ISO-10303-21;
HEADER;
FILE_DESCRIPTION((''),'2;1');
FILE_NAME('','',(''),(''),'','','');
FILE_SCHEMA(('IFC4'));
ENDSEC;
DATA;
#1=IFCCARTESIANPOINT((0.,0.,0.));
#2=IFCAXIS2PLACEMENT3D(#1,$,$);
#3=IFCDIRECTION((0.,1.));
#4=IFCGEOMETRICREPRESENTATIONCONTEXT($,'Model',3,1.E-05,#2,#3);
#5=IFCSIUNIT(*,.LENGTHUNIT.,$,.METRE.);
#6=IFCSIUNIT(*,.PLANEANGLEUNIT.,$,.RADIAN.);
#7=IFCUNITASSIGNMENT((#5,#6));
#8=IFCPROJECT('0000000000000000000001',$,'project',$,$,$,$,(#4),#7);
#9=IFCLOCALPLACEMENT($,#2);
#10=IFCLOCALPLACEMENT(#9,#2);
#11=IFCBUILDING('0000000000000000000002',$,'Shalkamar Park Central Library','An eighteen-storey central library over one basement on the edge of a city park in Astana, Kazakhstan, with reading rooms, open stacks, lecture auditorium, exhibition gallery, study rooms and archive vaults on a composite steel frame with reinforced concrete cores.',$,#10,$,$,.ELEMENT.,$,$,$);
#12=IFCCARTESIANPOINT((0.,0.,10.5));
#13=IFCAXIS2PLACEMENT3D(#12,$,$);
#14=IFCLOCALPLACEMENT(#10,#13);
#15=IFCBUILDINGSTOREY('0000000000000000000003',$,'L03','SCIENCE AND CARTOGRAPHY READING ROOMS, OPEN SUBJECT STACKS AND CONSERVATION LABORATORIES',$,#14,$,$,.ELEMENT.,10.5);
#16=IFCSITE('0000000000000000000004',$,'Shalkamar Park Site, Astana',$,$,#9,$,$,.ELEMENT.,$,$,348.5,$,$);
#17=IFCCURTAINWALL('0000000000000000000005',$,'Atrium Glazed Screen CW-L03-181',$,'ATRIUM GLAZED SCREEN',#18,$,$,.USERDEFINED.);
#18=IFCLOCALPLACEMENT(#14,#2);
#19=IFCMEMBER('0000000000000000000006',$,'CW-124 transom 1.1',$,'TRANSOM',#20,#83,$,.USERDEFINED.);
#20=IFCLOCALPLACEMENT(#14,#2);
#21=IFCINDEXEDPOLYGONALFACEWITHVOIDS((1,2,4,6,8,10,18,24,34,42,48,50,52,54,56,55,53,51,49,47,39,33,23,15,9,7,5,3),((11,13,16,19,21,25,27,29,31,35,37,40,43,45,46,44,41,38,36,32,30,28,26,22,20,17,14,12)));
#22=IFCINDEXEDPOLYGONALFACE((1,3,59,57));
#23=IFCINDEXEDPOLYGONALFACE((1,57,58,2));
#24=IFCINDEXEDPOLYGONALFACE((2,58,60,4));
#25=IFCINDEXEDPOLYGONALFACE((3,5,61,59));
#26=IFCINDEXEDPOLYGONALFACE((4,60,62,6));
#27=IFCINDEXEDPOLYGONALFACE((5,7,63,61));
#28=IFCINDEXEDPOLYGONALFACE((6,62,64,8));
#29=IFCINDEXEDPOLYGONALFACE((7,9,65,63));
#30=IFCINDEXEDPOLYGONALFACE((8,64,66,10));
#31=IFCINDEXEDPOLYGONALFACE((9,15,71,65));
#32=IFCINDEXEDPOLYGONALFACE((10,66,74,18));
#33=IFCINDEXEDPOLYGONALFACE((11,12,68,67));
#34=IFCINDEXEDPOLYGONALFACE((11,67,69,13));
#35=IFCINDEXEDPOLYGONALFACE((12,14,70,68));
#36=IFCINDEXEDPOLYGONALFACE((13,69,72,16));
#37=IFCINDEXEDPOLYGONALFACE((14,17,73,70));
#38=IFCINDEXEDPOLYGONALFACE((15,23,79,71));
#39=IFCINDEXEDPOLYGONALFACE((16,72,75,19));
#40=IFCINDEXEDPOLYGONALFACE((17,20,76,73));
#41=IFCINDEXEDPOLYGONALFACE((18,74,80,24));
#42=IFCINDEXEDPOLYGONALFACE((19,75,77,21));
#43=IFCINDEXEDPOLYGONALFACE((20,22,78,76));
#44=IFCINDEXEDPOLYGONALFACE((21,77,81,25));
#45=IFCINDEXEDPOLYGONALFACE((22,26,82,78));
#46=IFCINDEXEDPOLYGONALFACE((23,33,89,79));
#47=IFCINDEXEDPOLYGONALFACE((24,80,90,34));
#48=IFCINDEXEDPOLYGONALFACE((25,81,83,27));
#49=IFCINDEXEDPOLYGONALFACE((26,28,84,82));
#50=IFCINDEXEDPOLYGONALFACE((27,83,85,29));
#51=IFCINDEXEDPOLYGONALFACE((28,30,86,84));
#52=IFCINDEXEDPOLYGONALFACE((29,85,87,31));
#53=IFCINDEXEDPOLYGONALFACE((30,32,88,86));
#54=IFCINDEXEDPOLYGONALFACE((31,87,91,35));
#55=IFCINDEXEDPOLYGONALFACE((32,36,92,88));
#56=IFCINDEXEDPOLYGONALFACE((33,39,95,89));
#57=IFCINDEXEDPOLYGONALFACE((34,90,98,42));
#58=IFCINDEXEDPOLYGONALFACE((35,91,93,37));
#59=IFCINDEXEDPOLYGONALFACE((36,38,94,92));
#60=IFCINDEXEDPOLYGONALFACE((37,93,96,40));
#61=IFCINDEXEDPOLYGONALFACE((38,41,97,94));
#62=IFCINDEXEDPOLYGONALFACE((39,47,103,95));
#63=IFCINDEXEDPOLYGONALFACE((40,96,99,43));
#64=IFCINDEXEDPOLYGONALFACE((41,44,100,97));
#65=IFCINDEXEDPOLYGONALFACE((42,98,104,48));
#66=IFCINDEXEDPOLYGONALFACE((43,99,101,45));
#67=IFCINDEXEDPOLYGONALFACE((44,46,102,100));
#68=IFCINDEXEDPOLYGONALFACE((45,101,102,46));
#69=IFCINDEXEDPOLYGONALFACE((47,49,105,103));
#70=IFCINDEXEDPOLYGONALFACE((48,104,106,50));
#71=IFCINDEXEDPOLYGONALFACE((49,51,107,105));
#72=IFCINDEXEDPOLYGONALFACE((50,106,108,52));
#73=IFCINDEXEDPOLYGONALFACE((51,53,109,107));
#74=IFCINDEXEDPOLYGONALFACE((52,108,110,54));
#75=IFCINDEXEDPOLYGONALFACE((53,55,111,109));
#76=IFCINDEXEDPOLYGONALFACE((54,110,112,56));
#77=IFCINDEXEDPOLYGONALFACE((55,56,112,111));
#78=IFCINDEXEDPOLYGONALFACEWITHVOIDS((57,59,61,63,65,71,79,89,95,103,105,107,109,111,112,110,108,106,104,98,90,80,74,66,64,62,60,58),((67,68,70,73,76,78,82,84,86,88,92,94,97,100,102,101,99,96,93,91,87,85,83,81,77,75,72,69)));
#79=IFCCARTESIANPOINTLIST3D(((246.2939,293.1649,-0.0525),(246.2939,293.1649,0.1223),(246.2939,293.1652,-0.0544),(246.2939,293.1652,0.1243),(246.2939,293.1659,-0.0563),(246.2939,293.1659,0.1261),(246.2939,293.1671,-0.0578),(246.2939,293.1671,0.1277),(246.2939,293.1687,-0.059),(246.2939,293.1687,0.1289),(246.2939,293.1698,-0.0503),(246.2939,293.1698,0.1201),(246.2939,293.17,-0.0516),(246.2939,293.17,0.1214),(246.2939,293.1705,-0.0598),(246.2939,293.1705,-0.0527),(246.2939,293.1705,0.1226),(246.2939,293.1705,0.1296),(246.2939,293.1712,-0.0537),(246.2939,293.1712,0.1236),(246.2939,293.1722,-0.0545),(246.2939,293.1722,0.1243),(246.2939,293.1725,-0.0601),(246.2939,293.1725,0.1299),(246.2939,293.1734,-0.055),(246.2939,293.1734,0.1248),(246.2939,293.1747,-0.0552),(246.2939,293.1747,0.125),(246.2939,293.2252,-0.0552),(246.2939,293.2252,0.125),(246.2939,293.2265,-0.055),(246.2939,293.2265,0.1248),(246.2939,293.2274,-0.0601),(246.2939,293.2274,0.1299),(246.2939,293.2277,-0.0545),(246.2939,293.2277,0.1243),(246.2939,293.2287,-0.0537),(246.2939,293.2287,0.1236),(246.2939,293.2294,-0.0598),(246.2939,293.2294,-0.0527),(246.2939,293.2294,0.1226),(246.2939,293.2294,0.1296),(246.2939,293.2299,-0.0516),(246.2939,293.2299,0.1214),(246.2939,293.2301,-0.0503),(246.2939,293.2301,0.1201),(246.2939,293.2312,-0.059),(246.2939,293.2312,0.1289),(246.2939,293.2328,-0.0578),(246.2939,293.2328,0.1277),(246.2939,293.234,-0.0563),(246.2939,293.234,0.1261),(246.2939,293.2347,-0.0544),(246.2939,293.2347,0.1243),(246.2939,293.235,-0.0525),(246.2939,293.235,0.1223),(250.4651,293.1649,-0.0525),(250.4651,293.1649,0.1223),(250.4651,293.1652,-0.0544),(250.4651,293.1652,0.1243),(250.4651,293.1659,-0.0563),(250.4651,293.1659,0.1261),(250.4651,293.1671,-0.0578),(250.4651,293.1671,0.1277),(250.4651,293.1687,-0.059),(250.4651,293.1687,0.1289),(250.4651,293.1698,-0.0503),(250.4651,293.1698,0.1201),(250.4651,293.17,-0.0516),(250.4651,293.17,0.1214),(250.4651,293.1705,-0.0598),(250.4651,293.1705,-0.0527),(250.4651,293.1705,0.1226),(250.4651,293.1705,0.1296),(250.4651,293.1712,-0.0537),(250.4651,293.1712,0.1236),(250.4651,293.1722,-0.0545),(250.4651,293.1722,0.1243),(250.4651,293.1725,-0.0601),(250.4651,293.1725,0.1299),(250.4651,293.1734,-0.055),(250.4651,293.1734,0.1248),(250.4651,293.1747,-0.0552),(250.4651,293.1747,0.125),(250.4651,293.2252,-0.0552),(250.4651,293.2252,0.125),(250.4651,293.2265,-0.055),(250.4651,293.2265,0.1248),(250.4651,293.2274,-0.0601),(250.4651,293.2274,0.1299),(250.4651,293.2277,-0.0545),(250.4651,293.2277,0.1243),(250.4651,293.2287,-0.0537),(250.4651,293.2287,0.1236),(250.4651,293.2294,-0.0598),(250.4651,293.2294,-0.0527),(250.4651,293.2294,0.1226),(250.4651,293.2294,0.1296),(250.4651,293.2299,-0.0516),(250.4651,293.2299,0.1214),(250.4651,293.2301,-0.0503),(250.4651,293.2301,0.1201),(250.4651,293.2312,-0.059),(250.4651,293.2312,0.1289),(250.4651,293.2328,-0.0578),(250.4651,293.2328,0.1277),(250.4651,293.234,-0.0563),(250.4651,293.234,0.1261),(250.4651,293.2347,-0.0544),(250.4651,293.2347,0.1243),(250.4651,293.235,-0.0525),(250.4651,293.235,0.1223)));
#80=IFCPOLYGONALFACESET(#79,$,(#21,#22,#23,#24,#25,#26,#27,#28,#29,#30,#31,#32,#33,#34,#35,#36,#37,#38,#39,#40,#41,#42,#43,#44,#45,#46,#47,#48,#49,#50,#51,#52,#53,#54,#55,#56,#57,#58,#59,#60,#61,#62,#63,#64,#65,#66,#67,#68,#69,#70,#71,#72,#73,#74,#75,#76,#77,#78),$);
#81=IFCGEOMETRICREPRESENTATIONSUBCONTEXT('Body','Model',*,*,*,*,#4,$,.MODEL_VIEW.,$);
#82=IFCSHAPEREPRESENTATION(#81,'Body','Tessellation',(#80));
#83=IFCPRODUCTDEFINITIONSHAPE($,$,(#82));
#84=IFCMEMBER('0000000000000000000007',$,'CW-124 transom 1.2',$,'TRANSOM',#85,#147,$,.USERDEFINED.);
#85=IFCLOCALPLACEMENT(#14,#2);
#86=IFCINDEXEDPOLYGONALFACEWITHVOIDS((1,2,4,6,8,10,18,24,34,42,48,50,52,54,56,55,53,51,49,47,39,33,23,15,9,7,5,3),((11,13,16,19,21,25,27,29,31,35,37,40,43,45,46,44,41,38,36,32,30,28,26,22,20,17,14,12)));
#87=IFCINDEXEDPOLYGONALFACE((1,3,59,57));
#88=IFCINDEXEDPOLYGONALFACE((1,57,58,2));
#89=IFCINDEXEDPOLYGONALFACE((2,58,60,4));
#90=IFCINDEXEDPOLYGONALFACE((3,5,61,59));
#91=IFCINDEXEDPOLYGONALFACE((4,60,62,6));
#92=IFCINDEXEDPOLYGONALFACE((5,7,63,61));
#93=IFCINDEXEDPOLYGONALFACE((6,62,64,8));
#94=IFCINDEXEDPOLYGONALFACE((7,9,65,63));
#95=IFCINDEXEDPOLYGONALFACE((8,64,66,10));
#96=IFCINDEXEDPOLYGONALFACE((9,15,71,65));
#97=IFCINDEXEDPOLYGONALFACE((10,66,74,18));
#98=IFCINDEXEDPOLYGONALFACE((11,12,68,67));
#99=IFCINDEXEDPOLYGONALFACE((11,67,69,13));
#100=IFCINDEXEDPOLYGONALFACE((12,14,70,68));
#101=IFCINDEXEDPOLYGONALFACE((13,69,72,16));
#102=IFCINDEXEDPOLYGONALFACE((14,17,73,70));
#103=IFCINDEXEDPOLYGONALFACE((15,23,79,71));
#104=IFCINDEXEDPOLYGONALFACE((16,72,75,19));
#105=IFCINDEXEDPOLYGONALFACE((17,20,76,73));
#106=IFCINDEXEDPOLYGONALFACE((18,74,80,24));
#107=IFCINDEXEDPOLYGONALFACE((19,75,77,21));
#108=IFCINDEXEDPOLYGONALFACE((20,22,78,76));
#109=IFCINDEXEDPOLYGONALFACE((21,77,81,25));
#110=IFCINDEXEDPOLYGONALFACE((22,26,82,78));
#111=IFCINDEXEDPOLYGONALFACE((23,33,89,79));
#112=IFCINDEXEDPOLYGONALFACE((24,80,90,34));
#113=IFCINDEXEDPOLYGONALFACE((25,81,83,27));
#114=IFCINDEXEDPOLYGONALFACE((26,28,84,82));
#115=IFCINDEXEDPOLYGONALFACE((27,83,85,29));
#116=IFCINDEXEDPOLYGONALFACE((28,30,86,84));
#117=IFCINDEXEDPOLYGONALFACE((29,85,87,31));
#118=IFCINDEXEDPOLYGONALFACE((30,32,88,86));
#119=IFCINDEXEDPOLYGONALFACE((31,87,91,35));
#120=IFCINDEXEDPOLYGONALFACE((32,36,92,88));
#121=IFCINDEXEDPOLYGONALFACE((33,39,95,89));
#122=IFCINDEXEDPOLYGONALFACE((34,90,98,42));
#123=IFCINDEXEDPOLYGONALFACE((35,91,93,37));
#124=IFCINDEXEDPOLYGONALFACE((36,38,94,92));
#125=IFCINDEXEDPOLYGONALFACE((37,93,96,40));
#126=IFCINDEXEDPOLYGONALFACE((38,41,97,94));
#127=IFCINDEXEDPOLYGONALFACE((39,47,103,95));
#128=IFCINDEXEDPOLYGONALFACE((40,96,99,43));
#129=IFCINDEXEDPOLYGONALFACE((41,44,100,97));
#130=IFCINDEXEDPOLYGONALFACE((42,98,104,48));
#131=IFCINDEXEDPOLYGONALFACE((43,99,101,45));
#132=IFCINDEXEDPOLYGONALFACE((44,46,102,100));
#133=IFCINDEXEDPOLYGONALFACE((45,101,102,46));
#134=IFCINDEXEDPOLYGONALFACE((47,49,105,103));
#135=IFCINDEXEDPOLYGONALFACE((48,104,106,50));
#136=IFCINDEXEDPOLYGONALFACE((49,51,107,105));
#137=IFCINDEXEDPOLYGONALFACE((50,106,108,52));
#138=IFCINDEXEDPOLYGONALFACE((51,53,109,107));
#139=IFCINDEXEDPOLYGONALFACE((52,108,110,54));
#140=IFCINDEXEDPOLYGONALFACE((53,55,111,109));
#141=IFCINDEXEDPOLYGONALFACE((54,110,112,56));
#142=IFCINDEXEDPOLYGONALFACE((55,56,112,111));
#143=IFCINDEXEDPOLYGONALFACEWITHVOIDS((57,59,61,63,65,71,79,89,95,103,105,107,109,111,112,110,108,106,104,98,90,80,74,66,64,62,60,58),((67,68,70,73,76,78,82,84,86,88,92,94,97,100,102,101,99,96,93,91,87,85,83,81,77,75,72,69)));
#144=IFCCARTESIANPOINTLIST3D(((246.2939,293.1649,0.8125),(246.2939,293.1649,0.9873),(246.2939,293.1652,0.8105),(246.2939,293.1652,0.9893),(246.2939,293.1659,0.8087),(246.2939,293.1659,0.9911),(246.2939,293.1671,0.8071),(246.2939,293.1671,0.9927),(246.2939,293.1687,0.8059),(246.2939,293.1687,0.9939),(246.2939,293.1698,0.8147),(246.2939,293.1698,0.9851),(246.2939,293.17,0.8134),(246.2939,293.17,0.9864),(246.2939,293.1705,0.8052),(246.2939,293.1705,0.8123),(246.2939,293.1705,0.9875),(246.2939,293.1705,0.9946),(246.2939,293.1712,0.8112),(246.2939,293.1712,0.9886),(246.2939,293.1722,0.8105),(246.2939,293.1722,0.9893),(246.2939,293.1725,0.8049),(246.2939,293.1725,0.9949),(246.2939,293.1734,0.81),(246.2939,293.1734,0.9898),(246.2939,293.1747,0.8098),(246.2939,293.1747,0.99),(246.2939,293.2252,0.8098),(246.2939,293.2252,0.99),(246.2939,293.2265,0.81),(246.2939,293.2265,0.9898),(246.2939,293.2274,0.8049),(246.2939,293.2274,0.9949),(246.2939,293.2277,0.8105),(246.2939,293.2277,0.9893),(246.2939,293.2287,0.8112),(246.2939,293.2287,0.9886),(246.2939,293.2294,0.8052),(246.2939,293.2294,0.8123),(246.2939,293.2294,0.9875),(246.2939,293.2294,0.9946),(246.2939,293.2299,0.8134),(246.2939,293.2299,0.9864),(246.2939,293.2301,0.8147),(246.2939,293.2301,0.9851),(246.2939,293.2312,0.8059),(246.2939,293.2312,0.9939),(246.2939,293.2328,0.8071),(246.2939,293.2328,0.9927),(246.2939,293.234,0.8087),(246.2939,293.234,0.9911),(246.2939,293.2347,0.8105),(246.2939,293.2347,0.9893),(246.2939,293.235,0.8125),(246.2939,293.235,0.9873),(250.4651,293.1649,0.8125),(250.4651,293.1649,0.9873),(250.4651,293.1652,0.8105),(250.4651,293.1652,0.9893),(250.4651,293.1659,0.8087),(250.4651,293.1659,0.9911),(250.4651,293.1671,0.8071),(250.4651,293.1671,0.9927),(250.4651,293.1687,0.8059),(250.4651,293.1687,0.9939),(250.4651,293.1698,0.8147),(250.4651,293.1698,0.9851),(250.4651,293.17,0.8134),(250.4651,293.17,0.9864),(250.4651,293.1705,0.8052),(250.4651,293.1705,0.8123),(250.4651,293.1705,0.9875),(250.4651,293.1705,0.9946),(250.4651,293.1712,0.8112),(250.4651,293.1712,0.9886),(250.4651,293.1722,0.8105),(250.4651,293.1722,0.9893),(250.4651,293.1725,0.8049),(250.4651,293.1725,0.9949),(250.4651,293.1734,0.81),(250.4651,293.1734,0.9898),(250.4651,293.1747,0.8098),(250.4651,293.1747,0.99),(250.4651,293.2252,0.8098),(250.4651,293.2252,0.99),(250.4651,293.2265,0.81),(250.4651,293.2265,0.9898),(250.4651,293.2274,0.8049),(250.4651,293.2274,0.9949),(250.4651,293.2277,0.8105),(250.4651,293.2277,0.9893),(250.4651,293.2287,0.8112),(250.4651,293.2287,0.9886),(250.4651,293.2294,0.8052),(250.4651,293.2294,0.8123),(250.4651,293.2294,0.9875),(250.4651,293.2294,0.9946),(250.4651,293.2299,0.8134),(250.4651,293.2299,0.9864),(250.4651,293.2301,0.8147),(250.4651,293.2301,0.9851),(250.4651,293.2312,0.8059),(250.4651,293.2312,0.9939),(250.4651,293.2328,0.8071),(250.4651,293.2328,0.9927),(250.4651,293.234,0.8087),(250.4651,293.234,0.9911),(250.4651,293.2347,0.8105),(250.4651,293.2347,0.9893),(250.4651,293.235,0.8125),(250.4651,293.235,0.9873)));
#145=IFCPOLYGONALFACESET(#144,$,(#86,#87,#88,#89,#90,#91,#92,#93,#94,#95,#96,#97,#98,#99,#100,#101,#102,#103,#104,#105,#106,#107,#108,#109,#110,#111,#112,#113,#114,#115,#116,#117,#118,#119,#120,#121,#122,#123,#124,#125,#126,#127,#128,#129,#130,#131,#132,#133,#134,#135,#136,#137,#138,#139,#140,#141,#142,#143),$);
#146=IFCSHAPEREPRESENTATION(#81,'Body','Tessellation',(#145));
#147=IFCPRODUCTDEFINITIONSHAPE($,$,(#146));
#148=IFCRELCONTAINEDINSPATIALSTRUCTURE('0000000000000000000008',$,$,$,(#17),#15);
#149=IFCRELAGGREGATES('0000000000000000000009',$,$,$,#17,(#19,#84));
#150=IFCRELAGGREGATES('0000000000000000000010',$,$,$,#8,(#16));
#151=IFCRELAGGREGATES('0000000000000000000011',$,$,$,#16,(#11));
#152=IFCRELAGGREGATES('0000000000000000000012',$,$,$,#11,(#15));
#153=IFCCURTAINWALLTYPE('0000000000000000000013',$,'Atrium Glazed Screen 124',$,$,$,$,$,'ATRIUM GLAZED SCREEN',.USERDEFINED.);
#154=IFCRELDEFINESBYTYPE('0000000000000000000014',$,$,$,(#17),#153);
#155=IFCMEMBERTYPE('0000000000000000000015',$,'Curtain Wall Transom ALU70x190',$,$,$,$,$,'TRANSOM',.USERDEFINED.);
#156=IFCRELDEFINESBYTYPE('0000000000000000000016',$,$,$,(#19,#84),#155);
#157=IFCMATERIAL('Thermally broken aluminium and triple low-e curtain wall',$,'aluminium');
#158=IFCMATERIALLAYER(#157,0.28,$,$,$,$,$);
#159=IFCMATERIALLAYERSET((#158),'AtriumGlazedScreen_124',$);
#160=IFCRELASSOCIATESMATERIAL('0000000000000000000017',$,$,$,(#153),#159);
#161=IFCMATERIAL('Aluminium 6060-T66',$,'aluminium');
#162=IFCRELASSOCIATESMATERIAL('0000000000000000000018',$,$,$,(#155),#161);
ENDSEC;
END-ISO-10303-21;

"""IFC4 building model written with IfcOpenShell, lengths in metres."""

from ifc_helpers import new_model, si_unit, direction, frame, origin, origin_2d, place, context, subcontext, project, spatial, hollow_rectangle, extrude, material, layer, layer_set, material_profile, profile_set, type_object, element, aggregate, save


model = new_model("IFC4")

# Units and contexts
model_context = context("Model", 3, precision=1e-05, world=origin(), true_north=direction((0.0, 1.0)))
body_context = subcontext(model_context, "Body", "Model", "MODEL_VIEW")
ifc_project = project(units=[si_unit("LENGTHUNIT", "METRE"), si_unit("PLANEANGLEUNIT", "RADIAN")], contexts=[model_context])

# Site, building, storey
site_placement = place(None, origin())
site = spatial("IfcSite", under=ifc_project, at=site_placement, Name="Shalkamar Park Site, Astana", CompositionType="ELEMENT", RefElevation=348.5)
building_placement = place(site_placement, origin())
building = spatial("IfcBuilding", under=site, at=building_placement, Name="Shalkamar Park Central Library", Description="An eighteen-storey central library over one basement on the edge of a city park in Astana, Kazakhstan, with reading rooms, open stacks, lecture auditorium, exhibition gallery, study rooms and archive vaults on a composite steel frame with reinforced concrete cores.", CompositionType="ELEMENT")
storey_placement = place(building_placement, frame((0.0, 0.0, 10.5)))
storey = spatial("IfcBuildingStorey", under=building, at=storey_placement, Name="L03", Description="SCIENCE AND CARTOGRAPHY READING ROOMS, OPEN SUBJECT STACKS AND CONSERVATION LABORATORIES", CompositionType="ELEMENT", Elevation=10.5)

# Curtain wall, members
ifc_material_1 = material(Name="Thermally broken aluminium and triple low-e curtain wall", Category="aluminium")
ifc_layer_1 = layer(ifc_material_1, 0.28)
ifc_layer_set_1 = layer_set([ifc_layer_1], Name="AtriumGlazedScreen_124")
curtain_wall_type = type_object("IfcCurtainWallType", Name="Atrium Glazed Screen 124", ElementType="ATRIUM GLAZED SCREEN", PredefinedType="USERDEFINED", material=ifc_layer_set_1)
curtain_wall_placement = place(storey_placement, origin())
curtain_wall = element("IfcCurtainWall", 1, at=curtain_wall_placement, inside=storey, type_object=curtain_wall_type, Name="Atrium Glazed Screen CW-L03-181", ObjectType="ATRIUM GLAZED SCREEN", PredefinedType="USERDEFINED")
ifc_material_2 = material(Name="Aluminium 6060-T66", Category="aluminium")
ifc_material_profile_1 = material_profile(ifc_material_2, hollow_rectangle(XDim=0.0701, YDim=0.1899, WallThickness=0.0049, InnerFilletRadius=0.0049, OuterFilletRadius=0.0076, at=origin_2d()), Name="ALU 70x190x5")
ifc_profile_set_1 = profile_set([ifc_material_profile_1], Name="Aluminium 6060-T66")
member_type_1 = type_object("IfcMemberType", Name="Curtain Wall Transom ALU70x190", ElementType="TRANSOM", PredefinedType="USERDEFINED", material=ifc_profile_set_1)
member_1_placement = place(storey_placement, frame((246.2939, 293.2, 0.0349), z_axis=(1.0, 0.0, 0.0), x_axis=(0.0, 1.0, 0.0)))
member_1 = element("IfcMember", 2, at=member_1_placement, type_object=member_type_1, Name="CW-124 transom 1.1", ObjectType="TRANSOM", PredefinedType="USERDEFINED", context=body_context, shape_type="SweptSolid", body=[
    extrude(hollow_rectangle(XDim=0.0701, YDim=0.1899, WallThickness=0.0049, InnerFilletRadius=0.0049, OuterFilletRadius=0.0076, at=origin_2d()), origin(), (0.0, 0.0, 1.0), 4.1711),
])
member_2_placement = place(storey_placement, frame((246.2939, 293.2, 0.8999), z_axis=(1.0, 0.0, 0.0), x_axis=(0.0, 1.0, 0.0)))
member_2 = element("IfcMember", 3, at=member_2_placement, type_object=member_type_1, Name="CW-124 transom 1.2", ObjectType="TRANSOM", PredefinedType="USERDEFINED", context=body_context, shape_type="SweptSolid", body=[
    extrude(hollow_rectangle(XDim=0.0701, YDim=0.1899, WallThickness=0.0049, InnerFilletRadius=0.0049, OuterFilletRadius=0.0076, at=origin_2d()), origin(), (0.0, 0.0, 1.0), 4.1711),
])

aggregate(curtain_wall, [member_1, member_2])

save(model, "model.ifc")
